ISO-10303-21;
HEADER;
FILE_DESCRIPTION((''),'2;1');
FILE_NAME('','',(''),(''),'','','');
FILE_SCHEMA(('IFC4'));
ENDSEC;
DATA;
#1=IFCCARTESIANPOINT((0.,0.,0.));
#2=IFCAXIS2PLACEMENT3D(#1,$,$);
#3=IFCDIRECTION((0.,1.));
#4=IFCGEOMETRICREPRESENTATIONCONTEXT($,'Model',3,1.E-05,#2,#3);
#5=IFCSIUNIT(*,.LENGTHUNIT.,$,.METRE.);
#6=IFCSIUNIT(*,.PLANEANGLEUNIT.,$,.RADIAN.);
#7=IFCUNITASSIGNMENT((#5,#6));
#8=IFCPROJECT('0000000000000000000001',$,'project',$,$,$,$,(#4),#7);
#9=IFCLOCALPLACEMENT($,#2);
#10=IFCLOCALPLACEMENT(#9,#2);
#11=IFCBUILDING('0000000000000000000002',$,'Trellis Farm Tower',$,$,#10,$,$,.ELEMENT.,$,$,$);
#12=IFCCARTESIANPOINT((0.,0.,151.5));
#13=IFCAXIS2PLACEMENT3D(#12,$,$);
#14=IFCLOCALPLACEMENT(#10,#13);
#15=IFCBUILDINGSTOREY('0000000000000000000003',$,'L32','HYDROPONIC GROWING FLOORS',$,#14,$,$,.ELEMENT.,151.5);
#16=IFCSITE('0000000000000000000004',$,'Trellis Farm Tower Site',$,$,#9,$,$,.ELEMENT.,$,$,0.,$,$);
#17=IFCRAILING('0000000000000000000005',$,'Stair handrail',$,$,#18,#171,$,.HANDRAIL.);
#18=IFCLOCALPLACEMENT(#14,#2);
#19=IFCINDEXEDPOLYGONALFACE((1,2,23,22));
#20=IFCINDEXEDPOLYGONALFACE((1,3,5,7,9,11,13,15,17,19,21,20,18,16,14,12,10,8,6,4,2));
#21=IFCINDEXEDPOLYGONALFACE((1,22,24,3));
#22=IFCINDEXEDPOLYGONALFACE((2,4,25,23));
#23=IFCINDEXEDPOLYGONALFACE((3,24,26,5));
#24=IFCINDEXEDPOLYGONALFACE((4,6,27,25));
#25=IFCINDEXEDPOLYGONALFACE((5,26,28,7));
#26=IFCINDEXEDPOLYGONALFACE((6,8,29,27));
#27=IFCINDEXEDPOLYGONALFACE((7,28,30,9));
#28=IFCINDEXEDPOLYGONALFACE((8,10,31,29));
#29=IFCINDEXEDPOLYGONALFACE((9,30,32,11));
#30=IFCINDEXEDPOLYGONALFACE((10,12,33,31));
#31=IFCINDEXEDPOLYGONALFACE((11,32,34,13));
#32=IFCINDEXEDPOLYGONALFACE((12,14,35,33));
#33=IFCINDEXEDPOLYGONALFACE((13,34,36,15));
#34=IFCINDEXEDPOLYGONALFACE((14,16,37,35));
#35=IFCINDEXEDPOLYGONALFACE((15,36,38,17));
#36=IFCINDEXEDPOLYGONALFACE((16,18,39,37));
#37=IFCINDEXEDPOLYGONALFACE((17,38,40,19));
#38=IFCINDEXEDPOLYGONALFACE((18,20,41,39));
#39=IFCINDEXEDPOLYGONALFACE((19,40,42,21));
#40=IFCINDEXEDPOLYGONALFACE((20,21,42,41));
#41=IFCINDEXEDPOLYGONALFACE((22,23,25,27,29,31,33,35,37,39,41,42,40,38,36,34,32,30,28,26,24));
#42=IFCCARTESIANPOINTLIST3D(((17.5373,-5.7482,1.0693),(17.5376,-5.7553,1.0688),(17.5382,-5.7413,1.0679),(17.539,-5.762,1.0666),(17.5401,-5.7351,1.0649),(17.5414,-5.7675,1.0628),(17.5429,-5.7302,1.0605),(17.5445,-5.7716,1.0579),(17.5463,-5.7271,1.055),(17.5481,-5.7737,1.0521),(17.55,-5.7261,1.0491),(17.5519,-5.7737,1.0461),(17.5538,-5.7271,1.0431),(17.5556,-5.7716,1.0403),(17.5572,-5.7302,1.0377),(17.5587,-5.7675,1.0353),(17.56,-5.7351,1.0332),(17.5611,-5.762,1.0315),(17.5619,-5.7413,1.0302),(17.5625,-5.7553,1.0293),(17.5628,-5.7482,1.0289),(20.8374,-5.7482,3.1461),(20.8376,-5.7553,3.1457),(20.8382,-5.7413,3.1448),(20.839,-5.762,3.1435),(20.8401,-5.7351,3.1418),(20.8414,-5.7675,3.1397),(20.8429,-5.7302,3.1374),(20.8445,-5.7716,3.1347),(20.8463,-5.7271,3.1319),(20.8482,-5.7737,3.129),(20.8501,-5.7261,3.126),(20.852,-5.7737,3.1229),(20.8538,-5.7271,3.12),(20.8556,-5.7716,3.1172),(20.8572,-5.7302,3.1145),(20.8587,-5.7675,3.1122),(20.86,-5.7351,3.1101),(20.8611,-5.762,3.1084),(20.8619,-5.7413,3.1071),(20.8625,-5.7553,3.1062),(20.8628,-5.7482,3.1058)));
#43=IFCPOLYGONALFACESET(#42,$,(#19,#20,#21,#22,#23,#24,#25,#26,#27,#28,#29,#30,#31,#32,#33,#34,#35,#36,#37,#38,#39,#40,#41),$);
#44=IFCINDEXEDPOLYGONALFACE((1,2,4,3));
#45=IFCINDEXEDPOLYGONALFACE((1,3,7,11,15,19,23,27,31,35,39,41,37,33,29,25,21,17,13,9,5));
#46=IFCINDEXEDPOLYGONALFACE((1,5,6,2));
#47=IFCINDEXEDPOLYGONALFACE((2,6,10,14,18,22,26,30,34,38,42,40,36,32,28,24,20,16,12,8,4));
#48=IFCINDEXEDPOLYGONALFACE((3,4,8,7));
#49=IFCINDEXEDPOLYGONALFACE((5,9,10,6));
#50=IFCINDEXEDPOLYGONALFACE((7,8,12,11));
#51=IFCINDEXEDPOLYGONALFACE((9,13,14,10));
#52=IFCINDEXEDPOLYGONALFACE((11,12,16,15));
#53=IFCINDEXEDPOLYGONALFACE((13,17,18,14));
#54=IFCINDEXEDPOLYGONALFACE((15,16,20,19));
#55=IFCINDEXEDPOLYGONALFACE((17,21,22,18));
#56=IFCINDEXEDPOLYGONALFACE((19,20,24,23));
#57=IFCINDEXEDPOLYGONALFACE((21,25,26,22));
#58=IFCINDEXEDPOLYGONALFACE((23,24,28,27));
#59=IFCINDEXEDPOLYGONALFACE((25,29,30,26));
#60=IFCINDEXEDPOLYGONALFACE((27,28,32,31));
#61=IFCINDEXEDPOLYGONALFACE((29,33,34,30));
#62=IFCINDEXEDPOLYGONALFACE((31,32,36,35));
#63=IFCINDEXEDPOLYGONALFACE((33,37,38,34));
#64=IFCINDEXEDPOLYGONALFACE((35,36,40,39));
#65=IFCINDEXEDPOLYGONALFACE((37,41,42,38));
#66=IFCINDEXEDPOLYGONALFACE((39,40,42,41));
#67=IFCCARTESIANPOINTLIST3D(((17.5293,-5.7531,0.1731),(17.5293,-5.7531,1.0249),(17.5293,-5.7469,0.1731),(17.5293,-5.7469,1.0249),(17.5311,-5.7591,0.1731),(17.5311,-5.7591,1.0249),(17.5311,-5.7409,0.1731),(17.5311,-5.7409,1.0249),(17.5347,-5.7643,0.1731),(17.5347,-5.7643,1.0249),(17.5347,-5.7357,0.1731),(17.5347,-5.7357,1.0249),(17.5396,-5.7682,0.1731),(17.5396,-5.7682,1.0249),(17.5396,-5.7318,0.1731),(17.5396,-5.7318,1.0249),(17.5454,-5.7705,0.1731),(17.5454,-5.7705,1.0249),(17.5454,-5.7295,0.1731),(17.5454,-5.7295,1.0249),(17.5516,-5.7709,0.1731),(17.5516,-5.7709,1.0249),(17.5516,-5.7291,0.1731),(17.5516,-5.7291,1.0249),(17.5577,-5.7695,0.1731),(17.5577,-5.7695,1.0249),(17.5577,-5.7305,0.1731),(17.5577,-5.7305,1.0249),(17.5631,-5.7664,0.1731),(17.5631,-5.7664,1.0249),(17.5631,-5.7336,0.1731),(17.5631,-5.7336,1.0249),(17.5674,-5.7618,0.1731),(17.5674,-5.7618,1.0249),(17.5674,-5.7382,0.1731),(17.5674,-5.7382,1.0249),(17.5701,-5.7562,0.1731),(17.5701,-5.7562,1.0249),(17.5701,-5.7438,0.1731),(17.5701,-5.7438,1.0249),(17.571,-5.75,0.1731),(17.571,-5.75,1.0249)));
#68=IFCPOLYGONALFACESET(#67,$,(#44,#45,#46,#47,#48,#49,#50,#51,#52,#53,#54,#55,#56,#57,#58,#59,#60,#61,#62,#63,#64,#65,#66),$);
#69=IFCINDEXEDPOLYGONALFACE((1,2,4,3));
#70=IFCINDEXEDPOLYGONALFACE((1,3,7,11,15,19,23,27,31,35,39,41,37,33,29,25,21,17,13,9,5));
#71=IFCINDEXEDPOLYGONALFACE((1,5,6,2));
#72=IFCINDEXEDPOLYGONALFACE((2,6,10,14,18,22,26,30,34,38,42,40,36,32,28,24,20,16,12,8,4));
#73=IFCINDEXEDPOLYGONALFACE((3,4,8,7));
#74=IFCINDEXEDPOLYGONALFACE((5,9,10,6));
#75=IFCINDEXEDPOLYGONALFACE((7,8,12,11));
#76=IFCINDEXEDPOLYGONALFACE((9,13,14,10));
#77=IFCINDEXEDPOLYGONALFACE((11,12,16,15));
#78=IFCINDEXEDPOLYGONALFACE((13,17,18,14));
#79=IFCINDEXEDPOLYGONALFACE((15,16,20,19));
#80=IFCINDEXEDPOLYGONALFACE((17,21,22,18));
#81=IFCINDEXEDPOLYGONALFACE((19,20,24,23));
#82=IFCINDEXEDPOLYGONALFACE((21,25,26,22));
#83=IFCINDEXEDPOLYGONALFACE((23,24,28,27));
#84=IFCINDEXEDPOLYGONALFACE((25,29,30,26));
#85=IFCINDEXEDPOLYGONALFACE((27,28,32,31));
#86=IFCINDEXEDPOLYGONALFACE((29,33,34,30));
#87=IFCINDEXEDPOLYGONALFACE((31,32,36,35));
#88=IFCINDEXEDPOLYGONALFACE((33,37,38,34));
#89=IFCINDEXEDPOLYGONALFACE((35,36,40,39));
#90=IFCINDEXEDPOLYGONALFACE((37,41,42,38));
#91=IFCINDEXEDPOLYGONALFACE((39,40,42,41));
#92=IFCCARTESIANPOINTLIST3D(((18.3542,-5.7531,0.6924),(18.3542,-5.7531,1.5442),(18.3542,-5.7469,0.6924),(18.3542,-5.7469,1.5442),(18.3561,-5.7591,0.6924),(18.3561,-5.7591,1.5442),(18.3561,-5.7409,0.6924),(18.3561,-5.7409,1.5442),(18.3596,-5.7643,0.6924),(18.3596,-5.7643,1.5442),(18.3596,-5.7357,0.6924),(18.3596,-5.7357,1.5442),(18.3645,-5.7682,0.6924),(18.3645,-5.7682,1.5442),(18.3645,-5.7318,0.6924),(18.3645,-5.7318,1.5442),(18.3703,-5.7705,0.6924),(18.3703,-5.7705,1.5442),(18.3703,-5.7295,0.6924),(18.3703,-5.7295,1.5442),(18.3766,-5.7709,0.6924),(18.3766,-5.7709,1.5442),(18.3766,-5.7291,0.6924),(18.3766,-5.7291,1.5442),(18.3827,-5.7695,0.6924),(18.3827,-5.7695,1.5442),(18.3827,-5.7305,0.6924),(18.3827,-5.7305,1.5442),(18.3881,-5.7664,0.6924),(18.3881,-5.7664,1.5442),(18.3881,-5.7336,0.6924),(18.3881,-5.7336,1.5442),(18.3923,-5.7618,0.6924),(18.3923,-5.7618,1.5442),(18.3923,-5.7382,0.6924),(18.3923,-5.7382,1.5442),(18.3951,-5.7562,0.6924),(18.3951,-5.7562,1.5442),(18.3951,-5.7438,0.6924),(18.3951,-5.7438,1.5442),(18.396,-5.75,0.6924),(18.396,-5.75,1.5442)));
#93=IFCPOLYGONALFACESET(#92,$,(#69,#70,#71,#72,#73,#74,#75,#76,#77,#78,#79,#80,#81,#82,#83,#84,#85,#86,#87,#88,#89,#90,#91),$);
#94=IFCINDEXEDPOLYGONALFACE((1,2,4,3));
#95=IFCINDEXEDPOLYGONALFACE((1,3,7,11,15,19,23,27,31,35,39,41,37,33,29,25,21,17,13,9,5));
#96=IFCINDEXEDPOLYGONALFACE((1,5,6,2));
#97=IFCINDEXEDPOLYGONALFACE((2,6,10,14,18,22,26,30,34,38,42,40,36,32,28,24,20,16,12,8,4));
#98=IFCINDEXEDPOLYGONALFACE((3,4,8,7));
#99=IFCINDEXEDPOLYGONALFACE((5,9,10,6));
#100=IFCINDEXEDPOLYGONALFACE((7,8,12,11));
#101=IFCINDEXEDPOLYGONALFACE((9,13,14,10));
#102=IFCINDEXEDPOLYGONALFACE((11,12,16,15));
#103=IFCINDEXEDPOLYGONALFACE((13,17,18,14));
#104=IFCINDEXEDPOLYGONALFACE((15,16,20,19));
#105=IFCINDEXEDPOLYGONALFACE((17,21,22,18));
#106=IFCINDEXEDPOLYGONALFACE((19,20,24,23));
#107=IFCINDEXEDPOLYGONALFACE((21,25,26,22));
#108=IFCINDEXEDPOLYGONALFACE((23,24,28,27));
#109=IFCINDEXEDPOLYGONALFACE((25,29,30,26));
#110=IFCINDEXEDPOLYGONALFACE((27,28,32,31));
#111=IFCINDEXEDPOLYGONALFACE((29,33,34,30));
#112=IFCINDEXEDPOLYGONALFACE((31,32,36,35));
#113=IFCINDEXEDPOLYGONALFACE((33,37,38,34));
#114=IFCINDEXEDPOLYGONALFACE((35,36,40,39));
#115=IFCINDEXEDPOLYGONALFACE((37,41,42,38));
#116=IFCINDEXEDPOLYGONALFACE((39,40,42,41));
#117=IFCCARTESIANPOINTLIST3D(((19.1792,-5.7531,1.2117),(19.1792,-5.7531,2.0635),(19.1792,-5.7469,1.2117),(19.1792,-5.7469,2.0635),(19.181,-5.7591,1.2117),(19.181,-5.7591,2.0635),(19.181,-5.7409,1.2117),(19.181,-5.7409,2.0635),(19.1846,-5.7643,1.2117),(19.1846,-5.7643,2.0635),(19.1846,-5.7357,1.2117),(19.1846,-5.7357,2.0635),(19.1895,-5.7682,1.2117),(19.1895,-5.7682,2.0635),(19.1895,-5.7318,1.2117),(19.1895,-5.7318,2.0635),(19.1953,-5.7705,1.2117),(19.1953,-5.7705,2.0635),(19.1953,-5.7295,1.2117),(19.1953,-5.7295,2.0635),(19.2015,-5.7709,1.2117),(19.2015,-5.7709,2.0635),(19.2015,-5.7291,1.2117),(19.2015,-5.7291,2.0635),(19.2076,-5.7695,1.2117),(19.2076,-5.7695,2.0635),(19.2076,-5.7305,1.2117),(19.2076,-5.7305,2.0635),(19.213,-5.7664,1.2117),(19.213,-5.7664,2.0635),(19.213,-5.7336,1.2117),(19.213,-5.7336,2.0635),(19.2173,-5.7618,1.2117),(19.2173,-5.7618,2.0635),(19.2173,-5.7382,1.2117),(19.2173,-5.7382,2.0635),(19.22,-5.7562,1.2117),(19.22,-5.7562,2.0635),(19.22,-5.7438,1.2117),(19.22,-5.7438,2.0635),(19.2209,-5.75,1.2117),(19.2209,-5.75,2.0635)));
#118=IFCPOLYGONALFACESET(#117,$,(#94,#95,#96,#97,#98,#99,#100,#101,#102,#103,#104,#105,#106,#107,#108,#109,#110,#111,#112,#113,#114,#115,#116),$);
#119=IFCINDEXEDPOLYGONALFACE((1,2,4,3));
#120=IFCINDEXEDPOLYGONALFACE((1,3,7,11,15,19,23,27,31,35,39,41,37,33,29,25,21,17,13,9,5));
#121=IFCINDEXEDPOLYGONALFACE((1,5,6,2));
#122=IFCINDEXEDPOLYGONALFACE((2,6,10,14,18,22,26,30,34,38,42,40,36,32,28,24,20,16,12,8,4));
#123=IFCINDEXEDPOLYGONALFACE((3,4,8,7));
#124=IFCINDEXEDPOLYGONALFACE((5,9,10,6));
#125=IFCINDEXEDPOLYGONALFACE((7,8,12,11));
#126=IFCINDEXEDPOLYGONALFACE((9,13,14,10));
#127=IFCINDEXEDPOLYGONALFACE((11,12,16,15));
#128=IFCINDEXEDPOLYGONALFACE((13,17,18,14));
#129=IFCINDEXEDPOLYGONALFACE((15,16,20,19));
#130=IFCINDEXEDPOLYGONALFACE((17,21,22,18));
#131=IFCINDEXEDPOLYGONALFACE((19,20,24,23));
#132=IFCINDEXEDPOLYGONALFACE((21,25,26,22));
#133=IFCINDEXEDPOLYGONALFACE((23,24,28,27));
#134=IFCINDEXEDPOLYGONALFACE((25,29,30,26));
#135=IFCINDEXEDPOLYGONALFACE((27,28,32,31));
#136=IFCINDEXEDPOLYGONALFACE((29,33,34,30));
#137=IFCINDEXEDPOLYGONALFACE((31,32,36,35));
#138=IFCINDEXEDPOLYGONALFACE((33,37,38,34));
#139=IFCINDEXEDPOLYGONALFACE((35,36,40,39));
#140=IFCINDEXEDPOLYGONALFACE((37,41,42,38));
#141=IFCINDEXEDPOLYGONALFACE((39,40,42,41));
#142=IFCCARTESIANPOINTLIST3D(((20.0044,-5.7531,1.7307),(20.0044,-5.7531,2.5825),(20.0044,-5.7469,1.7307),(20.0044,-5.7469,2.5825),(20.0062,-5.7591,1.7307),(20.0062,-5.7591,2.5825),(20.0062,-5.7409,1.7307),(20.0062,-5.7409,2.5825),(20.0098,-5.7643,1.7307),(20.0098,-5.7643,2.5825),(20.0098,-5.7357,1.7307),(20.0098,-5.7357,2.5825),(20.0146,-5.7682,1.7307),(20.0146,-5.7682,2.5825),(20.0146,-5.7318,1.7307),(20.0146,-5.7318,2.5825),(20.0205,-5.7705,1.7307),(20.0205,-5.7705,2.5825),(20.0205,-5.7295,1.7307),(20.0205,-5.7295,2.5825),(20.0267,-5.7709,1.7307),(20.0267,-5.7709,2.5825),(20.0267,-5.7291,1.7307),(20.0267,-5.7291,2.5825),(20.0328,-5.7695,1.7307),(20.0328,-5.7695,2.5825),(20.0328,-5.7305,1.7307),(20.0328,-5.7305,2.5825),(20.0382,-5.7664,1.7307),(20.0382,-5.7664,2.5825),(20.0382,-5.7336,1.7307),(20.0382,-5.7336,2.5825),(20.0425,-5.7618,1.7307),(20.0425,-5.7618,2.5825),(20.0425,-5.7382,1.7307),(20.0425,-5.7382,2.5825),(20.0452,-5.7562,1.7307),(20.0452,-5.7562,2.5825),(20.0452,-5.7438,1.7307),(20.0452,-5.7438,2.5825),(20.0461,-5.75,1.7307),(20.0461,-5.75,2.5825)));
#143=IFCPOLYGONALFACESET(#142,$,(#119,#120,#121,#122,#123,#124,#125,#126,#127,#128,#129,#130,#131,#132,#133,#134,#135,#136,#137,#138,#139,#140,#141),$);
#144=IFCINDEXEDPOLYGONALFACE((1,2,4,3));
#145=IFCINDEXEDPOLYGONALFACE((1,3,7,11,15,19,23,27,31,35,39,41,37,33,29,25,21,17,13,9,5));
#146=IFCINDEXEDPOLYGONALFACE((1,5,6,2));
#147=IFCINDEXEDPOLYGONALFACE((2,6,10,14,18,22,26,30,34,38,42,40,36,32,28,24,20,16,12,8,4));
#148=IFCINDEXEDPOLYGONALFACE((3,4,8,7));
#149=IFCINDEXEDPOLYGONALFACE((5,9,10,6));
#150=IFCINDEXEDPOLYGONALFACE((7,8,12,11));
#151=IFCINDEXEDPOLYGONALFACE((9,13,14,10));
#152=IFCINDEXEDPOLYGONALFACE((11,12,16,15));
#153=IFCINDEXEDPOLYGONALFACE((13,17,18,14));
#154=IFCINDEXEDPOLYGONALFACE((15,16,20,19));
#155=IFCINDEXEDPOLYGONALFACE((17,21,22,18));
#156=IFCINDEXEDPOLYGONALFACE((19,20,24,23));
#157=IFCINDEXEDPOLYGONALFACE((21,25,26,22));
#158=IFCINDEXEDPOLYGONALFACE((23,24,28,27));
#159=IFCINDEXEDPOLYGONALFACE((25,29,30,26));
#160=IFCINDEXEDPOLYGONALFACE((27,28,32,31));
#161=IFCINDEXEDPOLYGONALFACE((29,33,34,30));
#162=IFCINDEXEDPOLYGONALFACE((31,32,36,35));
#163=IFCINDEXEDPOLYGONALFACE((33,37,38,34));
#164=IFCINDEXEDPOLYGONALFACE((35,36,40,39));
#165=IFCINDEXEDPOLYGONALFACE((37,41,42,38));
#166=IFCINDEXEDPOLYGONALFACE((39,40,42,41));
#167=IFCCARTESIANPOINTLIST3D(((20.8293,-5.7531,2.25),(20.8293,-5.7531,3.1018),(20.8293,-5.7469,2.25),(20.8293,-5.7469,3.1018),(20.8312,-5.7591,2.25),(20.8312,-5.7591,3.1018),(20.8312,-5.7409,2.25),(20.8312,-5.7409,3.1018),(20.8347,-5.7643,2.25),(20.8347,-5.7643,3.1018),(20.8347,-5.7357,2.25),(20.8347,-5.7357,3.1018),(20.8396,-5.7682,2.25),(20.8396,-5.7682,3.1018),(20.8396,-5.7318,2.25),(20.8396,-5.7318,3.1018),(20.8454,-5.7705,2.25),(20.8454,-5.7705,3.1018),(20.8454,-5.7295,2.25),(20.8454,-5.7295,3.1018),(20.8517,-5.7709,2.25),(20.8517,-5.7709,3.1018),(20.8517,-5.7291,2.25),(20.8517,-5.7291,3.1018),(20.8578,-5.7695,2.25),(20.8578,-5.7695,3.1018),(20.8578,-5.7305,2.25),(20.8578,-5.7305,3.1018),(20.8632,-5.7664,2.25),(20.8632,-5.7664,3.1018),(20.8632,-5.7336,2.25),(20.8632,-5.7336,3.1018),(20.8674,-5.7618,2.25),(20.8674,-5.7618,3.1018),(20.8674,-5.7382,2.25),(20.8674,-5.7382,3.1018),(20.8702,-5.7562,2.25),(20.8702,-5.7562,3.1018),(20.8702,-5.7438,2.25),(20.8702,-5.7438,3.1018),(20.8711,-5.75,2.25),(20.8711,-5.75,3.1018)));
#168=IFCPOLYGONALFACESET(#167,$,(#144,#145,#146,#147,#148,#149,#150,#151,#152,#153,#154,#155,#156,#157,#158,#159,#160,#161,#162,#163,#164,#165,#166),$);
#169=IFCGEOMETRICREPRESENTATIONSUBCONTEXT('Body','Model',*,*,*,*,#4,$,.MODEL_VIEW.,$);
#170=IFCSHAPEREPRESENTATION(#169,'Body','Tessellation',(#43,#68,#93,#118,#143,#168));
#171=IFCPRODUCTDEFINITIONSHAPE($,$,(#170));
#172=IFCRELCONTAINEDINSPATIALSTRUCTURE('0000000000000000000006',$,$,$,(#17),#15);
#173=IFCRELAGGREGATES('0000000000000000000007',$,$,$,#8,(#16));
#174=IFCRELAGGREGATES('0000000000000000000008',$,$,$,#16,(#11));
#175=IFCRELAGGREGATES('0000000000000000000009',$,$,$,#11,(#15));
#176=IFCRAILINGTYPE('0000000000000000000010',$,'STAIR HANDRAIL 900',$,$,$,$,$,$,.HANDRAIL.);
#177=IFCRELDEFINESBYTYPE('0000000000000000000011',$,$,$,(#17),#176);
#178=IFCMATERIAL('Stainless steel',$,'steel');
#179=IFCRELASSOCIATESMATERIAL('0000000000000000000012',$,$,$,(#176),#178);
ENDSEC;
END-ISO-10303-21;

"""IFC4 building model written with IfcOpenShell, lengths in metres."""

from ifc_helpers import new_model, si_unit, direction, frame, origin, origin_2d, place, context, subcontext, project, spatial, circle, extrude, source, transform, mapped, material, type_object, element, save


model = new_model("IFC4")

# Units and contexts
model_context = context("Model", 3, precision=1e-05, world=origin(), true_north=direction((0.0, 1.0)))
body_context = subcontext(model_context, "Body", "Model", "MODEL_VIEW")
ifc_project = project(units=[si_unit("LENGTHUNIT", "METRE"), si_unit("PLANEANGLEUNIT", "RADIAN")], contexts=[model_context])

# Site, building, storey
site_placement = place(None, origin())
site = spatial("IfcSite", under=ifc_project, at=site_placement, Name="Trellis Farm Tower Site", CompositionType="ELEMENT", RefElevation=0.0)
building_placement = place(site_placement, origin())
building = spatial("IfcBuilding", under=site, at=building_placement, Name="Trellis Farm Tower", CompositionType="ELEMENT")
storey_placement = place(building_placement, frame((0.0, 0.0, 151.5)))
storey = spatial("IfcBuildingStorey", under=building, at=storey_placement, Name="L32", Description="HYDROPONIC GROWING FLOORS", CompositionType="ELEMENT", Elevation=151.5)

# Shared definitions
ifc_material_1 = material(Name="Stainless steel", Category="steel")

# Railing
railing_type = type_object("IfcRailingType", Name="STAIR HANDRAIL 900", PredefinedType="HANDRAIL", material=ifc_material_1)
shared_shape_1 = source(origin(), body_context, "Body", "SweptSolid", [
    extrude(circle(Radius=0.0239, at=origin_2d()), frame((0.0, 0.0, 0.876), z_axis=(0.846337, 0.0, 0.532647), x_axis=(0.0, 1.0, 0.0)), (0.0, 0.0, 1.0), 3.8992),
    extrude(circle(Radius=0.021, at=origin_2d()), origin(), (0.0, 0.0, 1.0), 0.8518),
    extrude(circle(Radius=0.021, at=origin_2d()), frame((0.825, 0.0, 0.5193)), (0.0, 0.0, 1.0), 0.8518),
    extrude(circle(Radius=0.021, at=origin_2d()), frame((1.6499, 0.0, 1.0386)), (0.0, 0.0, 1.0), 0.8518),
    extrude(circle(Radius=0.021, at=origin_2d()), frame((2.4751, 0.0, 1.5576)), (0.0, 0.0, 1.0), 0.8518),
    extrude(circle(Radius=0.021, at=origin_2d()), frame((3.3, 0.0, 2.0769)), (0.0, 0.0, 1.0), 0.8518),
])
for number, where, name in (
    (1, (17.55, -5.75, 0.1731), "Stair handrail"),
):
    element("IfcRailing", number, at=place(storey_placement, frame(where)), inside=storey, type_object=railing_type, Name=name, PredefinedType="HANDRAIL", context=body_context, shape_type="MappedRepresentation", body=[
        mapped(shared_shape_1, transform((0.0, 0.0, 0.0))),
    ])

save(model, "model.ifc")
